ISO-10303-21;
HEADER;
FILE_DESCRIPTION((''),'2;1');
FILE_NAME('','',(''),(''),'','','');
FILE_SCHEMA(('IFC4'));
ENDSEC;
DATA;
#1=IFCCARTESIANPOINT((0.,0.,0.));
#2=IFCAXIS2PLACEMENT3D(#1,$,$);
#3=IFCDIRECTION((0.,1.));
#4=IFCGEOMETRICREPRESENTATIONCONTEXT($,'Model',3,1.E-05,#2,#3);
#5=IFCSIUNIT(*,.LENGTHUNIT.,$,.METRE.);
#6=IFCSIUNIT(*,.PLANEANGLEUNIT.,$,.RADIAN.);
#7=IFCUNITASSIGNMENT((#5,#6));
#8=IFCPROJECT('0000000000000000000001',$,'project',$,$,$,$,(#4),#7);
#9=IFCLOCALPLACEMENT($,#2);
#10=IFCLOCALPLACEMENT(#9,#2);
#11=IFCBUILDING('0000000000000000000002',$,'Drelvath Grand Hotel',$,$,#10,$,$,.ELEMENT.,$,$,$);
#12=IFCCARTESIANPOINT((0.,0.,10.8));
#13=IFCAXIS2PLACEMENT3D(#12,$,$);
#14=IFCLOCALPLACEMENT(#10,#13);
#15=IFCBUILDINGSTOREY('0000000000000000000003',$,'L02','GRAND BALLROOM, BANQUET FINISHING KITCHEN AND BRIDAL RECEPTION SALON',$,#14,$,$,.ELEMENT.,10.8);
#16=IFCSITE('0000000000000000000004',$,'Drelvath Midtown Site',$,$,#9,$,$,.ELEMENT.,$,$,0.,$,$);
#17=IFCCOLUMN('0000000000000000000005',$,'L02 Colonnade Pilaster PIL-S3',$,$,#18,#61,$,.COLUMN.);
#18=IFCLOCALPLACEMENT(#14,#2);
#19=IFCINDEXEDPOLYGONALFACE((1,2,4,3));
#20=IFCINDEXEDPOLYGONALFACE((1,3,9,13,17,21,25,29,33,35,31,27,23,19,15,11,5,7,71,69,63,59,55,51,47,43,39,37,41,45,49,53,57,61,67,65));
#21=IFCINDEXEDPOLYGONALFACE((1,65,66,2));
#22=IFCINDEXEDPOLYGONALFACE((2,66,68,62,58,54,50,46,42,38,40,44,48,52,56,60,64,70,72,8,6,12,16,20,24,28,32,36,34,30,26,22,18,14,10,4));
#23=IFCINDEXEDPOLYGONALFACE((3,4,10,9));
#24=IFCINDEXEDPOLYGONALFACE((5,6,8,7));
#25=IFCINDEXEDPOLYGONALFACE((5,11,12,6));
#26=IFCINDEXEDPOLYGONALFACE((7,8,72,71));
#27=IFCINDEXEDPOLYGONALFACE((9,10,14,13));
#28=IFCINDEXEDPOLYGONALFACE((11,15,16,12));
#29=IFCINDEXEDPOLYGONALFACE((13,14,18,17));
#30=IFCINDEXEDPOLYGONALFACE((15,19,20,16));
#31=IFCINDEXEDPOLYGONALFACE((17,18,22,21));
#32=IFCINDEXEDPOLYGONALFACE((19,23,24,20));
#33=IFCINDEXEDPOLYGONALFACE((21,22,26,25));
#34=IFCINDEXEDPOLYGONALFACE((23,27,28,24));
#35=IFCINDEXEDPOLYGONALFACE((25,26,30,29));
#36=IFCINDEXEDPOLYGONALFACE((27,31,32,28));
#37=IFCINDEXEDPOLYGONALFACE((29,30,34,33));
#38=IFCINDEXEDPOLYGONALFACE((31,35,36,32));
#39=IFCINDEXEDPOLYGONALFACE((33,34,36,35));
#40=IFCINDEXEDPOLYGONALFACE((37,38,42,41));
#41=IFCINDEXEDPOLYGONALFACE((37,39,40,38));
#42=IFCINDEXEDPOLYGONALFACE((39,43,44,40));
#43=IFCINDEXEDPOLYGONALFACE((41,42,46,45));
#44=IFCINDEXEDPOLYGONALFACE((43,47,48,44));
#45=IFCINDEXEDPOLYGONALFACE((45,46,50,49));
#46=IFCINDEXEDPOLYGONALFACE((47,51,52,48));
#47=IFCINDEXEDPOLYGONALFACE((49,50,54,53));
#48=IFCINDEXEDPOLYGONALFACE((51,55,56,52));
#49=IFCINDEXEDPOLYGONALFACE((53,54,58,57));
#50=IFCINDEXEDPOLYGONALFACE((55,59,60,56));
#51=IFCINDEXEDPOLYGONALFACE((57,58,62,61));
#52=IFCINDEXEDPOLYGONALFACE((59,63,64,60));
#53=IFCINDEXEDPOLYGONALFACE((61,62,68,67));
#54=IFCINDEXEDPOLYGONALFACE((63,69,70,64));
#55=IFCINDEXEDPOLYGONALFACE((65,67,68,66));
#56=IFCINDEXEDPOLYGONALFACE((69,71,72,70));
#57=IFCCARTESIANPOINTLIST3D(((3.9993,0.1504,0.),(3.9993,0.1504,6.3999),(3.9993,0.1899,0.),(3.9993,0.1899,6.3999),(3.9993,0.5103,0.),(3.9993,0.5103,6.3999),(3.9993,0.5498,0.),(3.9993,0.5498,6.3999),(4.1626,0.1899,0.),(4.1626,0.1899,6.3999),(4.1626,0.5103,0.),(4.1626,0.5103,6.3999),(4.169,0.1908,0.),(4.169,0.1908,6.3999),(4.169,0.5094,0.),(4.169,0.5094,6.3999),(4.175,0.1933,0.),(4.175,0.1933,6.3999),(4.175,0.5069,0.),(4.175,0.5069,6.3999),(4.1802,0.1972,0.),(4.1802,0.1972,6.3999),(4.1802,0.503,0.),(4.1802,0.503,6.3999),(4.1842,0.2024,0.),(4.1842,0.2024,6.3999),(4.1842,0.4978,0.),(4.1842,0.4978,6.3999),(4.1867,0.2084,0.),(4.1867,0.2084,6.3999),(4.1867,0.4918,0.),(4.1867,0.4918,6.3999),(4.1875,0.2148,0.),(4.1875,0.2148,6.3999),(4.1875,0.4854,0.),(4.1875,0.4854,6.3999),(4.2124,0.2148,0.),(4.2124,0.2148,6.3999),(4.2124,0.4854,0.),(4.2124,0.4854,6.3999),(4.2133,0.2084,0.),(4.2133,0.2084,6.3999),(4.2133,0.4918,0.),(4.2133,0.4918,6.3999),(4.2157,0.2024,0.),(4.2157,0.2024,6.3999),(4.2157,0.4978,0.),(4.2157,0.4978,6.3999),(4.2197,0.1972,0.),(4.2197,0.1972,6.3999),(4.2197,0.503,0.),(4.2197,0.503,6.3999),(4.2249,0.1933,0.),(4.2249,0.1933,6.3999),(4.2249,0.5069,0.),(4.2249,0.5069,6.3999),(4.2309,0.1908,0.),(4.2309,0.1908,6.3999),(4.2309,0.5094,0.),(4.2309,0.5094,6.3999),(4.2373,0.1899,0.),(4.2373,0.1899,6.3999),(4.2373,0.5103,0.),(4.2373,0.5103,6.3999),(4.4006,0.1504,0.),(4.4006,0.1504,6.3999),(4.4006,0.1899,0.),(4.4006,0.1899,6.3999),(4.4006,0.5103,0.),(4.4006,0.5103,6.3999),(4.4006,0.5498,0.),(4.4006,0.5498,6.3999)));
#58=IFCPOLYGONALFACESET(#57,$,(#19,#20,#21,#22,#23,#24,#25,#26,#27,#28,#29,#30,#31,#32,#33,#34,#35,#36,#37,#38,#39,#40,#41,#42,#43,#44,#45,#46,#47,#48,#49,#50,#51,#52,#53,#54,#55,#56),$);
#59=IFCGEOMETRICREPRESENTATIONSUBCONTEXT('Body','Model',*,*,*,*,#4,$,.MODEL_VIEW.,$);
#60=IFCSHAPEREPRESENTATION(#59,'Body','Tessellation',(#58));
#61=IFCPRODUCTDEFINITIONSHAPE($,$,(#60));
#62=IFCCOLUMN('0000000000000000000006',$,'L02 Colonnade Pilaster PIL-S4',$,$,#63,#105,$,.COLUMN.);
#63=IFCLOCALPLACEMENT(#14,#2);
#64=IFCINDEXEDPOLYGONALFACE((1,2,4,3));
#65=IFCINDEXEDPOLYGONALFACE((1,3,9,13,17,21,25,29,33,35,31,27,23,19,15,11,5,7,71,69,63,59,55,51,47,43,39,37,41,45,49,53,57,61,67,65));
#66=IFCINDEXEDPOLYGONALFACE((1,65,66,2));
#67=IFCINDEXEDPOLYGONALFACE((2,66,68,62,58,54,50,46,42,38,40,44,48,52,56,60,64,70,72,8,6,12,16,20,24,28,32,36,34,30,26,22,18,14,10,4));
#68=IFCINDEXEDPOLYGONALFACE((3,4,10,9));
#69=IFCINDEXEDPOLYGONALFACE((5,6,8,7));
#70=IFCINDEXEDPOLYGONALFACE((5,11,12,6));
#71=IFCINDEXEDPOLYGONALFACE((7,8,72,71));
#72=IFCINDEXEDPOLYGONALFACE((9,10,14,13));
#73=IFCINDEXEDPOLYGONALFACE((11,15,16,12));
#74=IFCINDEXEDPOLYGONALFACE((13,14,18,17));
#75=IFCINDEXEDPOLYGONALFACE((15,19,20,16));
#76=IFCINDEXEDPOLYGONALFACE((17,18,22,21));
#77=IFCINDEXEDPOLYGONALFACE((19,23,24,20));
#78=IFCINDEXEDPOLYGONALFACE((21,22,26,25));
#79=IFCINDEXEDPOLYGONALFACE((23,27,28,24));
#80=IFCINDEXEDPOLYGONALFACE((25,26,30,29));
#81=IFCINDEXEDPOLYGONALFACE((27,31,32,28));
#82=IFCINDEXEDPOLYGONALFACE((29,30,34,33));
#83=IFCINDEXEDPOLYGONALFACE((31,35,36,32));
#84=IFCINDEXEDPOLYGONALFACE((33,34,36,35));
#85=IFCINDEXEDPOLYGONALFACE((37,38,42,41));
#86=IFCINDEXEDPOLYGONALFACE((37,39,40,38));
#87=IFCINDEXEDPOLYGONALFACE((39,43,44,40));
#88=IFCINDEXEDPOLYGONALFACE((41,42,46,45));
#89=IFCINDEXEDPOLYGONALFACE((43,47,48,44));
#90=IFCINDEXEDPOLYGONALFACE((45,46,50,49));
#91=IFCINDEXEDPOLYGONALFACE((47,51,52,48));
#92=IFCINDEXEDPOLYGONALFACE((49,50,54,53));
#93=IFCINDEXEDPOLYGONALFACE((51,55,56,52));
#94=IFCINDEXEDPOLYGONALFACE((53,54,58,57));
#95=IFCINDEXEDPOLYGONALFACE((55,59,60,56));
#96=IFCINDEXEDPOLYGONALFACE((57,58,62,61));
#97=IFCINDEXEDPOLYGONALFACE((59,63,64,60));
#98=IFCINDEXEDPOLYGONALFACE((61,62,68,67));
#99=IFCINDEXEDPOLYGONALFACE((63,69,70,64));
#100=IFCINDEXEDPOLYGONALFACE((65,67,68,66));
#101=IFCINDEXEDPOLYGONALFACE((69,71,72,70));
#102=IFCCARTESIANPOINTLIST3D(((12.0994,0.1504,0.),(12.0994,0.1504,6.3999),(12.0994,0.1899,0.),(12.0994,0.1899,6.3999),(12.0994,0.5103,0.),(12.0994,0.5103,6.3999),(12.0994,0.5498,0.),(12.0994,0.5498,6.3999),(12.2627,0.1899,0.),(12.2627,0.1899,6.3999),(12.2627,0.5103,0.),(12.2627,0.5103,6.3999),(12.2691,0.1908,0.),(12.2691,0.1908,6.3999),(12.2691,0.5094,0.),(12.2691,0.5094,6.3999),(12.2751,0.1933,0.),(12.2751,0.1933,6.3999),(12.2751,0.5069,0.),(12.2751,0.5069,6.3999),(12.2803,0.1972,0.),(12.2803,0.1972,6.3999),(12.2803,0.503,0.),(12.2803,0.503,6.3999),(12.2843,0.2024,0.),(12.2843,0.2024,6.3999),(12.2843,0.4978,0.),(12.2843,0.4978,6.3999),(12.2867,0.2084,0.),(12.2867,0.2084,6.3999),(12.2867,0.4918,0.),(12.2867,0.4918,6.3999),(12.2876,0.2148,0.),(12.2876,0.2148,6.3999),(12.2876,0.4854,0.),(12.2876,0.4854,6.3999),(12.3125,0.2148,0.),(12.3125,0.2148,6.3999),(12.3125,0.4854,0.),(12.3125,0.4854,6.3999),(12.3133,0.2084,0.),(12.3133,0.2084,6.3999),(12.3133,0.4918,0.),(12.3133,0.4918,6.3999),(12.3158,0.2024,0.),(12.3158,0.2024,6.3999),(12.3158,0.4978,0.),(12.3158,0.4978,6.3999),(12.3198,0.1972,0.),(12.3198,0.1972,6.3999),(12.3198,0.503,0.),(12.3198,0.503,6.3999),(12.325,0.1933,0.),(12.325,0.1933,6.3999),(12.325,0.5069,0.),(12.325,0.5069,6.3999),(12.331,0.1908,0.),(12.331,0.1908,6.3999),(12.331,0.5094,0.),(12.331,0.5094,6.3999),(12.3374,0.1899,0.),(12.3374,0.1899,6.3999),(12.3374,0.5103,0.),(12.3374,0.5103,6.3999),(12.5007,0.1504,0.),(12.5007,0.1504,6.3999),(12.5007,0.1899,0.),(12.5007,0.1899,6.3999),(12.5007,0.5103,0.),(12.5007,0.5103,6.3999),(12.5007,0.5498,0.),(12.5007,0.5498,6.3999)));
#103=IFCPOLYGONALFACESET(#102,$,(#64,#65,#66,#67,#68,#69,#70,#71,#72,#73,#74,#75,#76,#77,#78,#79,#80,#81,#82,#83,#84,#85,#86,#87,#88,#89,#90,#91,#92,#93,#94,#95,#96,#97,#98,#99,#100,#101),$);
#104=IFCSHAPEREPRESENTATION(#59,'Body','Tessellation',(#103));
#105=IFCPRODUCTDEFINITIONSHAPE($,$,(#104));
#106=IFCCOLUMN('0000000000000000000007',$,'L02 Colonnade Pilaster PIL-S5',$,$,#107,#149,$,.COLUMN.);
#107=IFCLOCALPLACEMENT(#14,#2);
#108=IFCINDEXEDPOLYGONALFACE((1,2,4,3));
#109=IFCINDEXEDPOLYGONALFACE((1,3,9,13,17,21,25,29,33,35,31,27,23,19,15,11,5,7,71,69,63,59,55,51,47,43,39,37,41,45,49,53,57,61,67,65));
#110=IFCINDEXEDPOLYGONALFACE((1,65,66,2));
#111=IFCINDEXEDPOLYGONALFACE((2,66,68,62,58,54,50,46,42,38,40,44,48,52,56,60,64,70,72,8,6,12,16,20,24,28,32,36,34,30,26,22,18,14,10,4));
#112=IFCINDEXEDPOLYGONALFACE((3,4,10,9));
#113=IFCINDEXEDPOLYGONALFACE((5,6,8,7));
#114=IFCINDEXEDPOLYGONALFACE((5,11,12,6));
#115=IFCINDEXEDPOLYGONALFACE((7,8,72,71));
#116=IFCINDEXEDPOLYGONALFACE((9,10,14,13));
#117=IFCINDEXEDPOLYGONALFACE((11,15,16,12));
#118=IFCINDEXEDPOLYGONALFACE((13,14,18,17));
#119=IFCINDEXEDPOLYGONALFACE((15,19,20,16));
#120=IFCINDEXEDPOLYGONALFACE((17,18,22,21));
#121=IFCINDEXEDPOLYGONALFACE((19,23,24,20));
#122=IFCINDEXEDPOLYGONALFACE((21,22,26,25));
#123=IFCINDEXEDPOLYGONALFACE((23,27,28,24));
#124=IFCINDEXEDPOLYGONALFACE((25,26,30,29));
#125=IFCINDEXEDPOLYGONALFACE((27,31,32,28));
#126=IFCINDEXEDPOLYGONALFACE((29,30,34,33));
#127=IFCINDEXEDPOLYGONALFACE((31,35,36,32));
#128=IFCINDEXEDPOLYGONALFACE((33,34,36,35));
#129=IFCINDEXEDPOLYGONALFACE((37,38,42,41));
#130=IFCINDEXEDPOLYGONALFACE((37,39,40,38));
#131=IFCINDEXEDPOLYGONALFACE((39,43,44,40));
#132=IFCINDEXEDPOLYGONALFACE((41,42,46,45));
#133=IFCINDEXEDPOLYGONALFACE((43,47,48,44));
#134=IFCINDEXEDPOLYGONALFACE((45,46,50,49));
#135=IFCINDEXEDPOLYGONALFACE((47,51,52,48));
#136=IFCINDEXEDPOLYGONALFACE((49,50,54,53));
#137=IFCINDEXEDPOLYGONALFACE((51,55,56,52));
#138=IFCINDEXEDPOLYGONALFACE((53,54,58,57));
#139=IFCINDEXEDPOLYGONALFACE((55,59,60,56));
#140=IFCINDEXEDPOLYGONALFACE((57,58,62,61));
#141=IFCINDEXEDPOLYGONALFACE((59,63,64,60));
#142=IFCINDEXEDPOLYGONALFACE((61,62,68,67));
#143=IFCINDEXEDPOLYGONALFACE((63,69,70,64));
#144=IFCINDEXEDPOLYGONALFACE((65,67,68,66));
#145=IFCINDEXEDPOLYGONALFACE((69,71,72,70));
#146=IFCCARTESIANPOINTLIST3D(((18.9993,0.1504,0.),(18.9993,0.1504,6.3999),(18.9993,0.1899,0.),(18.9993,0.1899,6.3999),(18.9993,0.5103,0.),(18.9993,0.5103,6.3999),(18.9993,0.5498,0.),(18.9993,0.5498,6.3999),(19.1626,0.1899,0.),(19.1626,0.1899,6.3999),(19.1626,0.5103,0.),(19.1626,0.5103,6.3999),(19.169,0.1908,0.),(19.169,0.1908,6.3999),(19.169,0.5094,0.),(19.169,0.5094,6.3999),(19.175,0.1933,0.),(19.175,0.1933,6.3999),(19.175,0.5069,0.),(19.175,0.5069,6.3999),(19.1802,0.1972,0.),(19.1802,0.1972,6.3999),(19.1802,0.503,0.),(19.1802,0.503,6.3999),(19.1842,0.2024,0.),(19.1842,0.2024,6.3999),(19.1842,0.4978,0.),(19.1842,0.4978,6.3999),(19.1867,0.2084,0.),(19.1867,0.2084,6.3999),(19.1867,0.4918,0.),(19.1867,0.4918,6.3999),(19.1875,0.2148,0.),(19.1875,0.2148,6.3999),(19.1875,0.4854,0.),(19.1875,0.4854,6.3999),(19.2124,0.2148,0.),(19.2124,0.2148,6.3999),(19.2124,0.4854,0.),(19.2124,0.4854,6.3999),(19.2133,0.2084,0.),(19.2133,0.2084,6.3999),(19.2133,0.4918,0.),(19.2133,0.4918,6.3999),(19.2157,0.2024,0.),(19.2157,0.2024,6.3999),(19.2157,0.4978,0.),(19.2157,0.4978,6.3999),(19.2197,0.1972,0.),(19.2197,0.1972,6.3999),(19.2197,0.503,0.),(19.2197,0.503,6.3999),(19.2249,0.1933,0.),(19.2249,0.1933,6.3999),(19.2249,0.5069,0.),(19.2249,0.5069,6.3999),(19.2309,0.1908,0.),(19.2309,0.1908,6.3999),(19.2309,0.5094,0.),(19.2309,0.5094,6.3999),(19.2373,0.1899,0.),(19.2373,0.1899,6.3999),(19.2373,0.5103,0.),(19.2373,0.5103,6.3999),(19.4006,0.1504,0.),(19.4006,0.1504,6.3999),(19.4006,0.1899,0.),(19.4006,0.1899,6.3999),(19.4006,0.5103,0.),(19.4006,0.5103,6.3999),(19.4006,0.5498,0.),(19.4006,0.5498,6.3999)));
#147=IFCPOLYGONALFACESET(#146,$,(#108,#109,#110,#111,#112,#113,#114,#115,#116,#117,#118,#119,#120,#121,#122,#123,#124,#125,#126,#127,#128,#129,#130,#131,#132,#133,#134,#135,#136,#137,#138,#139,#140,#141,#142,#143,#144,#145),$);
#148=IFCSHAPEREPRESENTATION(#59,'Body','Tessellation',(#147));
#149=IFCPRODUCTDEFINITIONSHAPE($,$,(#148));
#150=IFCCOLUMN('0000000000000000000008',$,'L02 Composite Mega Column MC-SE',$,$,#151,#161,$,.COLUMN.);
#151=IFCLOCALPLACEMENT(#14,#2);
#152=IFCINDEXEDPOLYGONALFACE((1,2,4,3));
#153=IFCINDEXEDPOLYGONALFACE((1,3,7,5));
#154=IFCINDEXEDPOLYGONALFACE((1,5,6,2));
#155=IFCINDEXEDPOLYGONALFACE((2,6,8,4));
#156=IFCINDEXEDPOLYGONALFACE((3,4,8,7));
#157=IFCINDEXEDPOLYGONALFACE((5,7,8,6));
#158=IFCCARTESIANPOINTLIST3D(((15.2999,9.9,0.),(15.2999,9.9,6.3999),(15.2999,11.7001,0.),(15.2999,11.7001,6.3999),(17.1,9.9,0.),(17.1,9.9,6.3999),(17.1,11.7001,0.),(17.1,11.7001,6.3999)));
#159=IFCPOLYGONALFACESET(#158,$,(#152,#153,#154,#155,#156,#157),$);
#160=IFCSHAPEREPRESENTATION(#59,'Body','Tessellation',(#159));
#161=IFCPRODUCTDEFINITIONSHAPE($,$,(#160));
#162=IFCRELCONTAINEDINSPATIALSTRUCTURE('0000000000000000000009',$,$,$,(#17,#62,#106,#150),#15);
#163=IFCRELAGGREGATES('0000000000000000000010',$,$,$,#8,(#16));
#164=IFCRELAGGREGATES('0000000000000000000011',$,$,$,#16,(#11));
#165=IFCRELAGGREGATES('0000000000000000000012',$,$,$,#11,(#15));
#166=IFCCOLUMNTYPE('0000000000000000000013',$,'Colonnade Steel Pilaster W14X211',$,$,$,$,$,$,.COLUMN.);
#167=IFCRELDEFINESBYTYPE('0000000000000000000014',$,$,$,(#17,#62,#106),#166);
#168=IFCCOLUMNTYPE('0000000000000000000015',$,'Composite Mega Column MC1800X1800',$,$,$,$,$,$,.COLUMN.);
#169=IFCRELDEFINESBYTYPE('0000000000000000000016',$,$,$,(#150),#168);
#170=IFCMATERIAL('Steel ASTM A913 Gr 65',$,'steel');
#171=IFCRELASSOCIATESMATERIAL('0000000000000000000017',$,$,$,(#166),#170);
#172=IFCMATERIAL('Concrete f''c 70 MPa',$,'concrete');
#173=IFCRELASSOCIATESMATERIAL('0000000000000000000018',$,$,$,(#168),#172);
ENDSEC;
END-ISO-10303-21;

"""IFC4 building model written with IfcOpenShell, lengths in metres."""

from ifc_helpers import new_model, si_unit, direction, frame, origin, origin_2d, place, context, subcontext, project, spatial, rectangle, i_section, extrude, material, material_profile, profile_set, type_object, element, save


model = new_model("IFC4")

# Units and contexts
model_context = context("Model", 3, precision=1e-05, world=origin(), true_north=direction((0.0, 1.0)))
body_context = subcontext(model_context, "Body", "Model", "MODEL_VIEW")
ifc_project = project(units=[si_unit("LENGTHUNIT", "METRE"), si_unit("PLANEANGLEUNIT", "RADIAN")], contexts=[model_context])

# Site, building, storey
site_placement = place(None, origin())
site = spatial("IfcSite", under=ifc_project, at=site_placement, Name="Drelvath Midtown Site", CompositionType="ELEMENT", RefElevation=0.0)
building_placement = place(site_placement, origin())
building = spatial("IfcBuilding", under=site, at=building_placement, Name="Drelvath Grand Hotel", CompositionType="ELEMENT")
storey_placement = place(building_placement, frame((0.0, 0.0, 10.8)))
storey = spatial("IfcBuildingStorey", under=building, at=storey_placement, Name="L02", Description="GRAND BALLROOM, BANQUET FINISHING KITCHEN AND BRIDAL RECEPTION SALON", CompositionType="ELEMENT", Elevation=10.8)

# Columns
ifc_material_1 = material(Name="Steel ASTM A913 Gr 65", Category="steel")
ifc_material_profile_1 = material_profile(ifc_material_1, i_section(OverallWidth=0.4014, OverallDepth=0.3994, WebThickness=0.0249, FlangeThickness=0.0396, FilletRadius=0.0249, at=origin_2d()), Name="W14X211")
ifc_profile_set_1 = profile_set([ifc_material_profile_1], Name="Steel ASTM A913 Gr 65")
column_type_1 = type_object("IfcColumnType", Name="Colonnade Steel Pilaster W14X211", PredefinedType="COLUMN", material=ifc_profile_set_1)
for number, where, z_axis, x_axis, name in (
    (1, (4.2, 0.3501, 0.0), (0.0, 0.0, 1.0), (1.0, 0.0, 0.0), "L02 Colonnade Pilaster PIL-S3"),
    (2, (12.3, 0.3501, 0.0), (0.0, 0.0, 1.0), (1.0, 0.0, 0.0), "L02 Colonnade Pilaster PIL-S4"),
    (3, (19.2, 0.3501, 0.0), (0.0, 0.0, 1.0), (1.0, 0.0, 0.0), "L02 Colonnade Pilaster PIL-S5"),
):
    element("IfcColumn", number, at=place(storey_placement, frame(where, z_axis=z_axis, x_axis=x_axis)), inside=storey, type_object=column_type_1, Name=name, PredefinedType="COLUMN", context=body_context, shape_type="SweptSolid", body=[
        extrude(i_section(OverallWidth=0.4014, OverallDepth=0.3994, WebThickness=0.0249, FlangeThickness=0.0396, FilletRadius=0.0249, at=origin_2d()), origin(), (0.0, 0.0, 1.0), 6.3999),
    ])
ifc_material_2 = material(Name="Concrete f'c 70 MPa", Category="concrete")
ifc_material_profile_2 = material_profile(ifc_material_2, rectangle(XDim=1.8, YDim=1.8, at=origin_2d()), Name="MC1800X1800")
ifc_profile_set_2 = profile_set([ifc_material_profile_2], Name="Concrete f'c 70 MPa")
column_type_2 = type_object("IfcColumnType", Name="Composite Mega Column MC1800X1800", PredefinedType="COLUMN", material=ifc_profile_set_2)
column_placement = place(storey_placement, frame((16.2, 10.8, 0.0), z_axis=(0.0, 0.0, 1.0), x_axis=(1.0, 0.0, 0.0)))
element("IfcColumn", 4, at=column_placement, inside=storey, type_object=column_type_2, Name="L02 Composite Mega Column MC-SE", PredefinedType="COLUMN", context=body_context, shape_type="SweptSolid", body=[
    extrude(rectangle(XDim=1.8, YDim=1.8, at=origin_2d()), origin(), (0.0, 0.0, 1.0), 6.3999),
])

save(model, "model.ifc")
